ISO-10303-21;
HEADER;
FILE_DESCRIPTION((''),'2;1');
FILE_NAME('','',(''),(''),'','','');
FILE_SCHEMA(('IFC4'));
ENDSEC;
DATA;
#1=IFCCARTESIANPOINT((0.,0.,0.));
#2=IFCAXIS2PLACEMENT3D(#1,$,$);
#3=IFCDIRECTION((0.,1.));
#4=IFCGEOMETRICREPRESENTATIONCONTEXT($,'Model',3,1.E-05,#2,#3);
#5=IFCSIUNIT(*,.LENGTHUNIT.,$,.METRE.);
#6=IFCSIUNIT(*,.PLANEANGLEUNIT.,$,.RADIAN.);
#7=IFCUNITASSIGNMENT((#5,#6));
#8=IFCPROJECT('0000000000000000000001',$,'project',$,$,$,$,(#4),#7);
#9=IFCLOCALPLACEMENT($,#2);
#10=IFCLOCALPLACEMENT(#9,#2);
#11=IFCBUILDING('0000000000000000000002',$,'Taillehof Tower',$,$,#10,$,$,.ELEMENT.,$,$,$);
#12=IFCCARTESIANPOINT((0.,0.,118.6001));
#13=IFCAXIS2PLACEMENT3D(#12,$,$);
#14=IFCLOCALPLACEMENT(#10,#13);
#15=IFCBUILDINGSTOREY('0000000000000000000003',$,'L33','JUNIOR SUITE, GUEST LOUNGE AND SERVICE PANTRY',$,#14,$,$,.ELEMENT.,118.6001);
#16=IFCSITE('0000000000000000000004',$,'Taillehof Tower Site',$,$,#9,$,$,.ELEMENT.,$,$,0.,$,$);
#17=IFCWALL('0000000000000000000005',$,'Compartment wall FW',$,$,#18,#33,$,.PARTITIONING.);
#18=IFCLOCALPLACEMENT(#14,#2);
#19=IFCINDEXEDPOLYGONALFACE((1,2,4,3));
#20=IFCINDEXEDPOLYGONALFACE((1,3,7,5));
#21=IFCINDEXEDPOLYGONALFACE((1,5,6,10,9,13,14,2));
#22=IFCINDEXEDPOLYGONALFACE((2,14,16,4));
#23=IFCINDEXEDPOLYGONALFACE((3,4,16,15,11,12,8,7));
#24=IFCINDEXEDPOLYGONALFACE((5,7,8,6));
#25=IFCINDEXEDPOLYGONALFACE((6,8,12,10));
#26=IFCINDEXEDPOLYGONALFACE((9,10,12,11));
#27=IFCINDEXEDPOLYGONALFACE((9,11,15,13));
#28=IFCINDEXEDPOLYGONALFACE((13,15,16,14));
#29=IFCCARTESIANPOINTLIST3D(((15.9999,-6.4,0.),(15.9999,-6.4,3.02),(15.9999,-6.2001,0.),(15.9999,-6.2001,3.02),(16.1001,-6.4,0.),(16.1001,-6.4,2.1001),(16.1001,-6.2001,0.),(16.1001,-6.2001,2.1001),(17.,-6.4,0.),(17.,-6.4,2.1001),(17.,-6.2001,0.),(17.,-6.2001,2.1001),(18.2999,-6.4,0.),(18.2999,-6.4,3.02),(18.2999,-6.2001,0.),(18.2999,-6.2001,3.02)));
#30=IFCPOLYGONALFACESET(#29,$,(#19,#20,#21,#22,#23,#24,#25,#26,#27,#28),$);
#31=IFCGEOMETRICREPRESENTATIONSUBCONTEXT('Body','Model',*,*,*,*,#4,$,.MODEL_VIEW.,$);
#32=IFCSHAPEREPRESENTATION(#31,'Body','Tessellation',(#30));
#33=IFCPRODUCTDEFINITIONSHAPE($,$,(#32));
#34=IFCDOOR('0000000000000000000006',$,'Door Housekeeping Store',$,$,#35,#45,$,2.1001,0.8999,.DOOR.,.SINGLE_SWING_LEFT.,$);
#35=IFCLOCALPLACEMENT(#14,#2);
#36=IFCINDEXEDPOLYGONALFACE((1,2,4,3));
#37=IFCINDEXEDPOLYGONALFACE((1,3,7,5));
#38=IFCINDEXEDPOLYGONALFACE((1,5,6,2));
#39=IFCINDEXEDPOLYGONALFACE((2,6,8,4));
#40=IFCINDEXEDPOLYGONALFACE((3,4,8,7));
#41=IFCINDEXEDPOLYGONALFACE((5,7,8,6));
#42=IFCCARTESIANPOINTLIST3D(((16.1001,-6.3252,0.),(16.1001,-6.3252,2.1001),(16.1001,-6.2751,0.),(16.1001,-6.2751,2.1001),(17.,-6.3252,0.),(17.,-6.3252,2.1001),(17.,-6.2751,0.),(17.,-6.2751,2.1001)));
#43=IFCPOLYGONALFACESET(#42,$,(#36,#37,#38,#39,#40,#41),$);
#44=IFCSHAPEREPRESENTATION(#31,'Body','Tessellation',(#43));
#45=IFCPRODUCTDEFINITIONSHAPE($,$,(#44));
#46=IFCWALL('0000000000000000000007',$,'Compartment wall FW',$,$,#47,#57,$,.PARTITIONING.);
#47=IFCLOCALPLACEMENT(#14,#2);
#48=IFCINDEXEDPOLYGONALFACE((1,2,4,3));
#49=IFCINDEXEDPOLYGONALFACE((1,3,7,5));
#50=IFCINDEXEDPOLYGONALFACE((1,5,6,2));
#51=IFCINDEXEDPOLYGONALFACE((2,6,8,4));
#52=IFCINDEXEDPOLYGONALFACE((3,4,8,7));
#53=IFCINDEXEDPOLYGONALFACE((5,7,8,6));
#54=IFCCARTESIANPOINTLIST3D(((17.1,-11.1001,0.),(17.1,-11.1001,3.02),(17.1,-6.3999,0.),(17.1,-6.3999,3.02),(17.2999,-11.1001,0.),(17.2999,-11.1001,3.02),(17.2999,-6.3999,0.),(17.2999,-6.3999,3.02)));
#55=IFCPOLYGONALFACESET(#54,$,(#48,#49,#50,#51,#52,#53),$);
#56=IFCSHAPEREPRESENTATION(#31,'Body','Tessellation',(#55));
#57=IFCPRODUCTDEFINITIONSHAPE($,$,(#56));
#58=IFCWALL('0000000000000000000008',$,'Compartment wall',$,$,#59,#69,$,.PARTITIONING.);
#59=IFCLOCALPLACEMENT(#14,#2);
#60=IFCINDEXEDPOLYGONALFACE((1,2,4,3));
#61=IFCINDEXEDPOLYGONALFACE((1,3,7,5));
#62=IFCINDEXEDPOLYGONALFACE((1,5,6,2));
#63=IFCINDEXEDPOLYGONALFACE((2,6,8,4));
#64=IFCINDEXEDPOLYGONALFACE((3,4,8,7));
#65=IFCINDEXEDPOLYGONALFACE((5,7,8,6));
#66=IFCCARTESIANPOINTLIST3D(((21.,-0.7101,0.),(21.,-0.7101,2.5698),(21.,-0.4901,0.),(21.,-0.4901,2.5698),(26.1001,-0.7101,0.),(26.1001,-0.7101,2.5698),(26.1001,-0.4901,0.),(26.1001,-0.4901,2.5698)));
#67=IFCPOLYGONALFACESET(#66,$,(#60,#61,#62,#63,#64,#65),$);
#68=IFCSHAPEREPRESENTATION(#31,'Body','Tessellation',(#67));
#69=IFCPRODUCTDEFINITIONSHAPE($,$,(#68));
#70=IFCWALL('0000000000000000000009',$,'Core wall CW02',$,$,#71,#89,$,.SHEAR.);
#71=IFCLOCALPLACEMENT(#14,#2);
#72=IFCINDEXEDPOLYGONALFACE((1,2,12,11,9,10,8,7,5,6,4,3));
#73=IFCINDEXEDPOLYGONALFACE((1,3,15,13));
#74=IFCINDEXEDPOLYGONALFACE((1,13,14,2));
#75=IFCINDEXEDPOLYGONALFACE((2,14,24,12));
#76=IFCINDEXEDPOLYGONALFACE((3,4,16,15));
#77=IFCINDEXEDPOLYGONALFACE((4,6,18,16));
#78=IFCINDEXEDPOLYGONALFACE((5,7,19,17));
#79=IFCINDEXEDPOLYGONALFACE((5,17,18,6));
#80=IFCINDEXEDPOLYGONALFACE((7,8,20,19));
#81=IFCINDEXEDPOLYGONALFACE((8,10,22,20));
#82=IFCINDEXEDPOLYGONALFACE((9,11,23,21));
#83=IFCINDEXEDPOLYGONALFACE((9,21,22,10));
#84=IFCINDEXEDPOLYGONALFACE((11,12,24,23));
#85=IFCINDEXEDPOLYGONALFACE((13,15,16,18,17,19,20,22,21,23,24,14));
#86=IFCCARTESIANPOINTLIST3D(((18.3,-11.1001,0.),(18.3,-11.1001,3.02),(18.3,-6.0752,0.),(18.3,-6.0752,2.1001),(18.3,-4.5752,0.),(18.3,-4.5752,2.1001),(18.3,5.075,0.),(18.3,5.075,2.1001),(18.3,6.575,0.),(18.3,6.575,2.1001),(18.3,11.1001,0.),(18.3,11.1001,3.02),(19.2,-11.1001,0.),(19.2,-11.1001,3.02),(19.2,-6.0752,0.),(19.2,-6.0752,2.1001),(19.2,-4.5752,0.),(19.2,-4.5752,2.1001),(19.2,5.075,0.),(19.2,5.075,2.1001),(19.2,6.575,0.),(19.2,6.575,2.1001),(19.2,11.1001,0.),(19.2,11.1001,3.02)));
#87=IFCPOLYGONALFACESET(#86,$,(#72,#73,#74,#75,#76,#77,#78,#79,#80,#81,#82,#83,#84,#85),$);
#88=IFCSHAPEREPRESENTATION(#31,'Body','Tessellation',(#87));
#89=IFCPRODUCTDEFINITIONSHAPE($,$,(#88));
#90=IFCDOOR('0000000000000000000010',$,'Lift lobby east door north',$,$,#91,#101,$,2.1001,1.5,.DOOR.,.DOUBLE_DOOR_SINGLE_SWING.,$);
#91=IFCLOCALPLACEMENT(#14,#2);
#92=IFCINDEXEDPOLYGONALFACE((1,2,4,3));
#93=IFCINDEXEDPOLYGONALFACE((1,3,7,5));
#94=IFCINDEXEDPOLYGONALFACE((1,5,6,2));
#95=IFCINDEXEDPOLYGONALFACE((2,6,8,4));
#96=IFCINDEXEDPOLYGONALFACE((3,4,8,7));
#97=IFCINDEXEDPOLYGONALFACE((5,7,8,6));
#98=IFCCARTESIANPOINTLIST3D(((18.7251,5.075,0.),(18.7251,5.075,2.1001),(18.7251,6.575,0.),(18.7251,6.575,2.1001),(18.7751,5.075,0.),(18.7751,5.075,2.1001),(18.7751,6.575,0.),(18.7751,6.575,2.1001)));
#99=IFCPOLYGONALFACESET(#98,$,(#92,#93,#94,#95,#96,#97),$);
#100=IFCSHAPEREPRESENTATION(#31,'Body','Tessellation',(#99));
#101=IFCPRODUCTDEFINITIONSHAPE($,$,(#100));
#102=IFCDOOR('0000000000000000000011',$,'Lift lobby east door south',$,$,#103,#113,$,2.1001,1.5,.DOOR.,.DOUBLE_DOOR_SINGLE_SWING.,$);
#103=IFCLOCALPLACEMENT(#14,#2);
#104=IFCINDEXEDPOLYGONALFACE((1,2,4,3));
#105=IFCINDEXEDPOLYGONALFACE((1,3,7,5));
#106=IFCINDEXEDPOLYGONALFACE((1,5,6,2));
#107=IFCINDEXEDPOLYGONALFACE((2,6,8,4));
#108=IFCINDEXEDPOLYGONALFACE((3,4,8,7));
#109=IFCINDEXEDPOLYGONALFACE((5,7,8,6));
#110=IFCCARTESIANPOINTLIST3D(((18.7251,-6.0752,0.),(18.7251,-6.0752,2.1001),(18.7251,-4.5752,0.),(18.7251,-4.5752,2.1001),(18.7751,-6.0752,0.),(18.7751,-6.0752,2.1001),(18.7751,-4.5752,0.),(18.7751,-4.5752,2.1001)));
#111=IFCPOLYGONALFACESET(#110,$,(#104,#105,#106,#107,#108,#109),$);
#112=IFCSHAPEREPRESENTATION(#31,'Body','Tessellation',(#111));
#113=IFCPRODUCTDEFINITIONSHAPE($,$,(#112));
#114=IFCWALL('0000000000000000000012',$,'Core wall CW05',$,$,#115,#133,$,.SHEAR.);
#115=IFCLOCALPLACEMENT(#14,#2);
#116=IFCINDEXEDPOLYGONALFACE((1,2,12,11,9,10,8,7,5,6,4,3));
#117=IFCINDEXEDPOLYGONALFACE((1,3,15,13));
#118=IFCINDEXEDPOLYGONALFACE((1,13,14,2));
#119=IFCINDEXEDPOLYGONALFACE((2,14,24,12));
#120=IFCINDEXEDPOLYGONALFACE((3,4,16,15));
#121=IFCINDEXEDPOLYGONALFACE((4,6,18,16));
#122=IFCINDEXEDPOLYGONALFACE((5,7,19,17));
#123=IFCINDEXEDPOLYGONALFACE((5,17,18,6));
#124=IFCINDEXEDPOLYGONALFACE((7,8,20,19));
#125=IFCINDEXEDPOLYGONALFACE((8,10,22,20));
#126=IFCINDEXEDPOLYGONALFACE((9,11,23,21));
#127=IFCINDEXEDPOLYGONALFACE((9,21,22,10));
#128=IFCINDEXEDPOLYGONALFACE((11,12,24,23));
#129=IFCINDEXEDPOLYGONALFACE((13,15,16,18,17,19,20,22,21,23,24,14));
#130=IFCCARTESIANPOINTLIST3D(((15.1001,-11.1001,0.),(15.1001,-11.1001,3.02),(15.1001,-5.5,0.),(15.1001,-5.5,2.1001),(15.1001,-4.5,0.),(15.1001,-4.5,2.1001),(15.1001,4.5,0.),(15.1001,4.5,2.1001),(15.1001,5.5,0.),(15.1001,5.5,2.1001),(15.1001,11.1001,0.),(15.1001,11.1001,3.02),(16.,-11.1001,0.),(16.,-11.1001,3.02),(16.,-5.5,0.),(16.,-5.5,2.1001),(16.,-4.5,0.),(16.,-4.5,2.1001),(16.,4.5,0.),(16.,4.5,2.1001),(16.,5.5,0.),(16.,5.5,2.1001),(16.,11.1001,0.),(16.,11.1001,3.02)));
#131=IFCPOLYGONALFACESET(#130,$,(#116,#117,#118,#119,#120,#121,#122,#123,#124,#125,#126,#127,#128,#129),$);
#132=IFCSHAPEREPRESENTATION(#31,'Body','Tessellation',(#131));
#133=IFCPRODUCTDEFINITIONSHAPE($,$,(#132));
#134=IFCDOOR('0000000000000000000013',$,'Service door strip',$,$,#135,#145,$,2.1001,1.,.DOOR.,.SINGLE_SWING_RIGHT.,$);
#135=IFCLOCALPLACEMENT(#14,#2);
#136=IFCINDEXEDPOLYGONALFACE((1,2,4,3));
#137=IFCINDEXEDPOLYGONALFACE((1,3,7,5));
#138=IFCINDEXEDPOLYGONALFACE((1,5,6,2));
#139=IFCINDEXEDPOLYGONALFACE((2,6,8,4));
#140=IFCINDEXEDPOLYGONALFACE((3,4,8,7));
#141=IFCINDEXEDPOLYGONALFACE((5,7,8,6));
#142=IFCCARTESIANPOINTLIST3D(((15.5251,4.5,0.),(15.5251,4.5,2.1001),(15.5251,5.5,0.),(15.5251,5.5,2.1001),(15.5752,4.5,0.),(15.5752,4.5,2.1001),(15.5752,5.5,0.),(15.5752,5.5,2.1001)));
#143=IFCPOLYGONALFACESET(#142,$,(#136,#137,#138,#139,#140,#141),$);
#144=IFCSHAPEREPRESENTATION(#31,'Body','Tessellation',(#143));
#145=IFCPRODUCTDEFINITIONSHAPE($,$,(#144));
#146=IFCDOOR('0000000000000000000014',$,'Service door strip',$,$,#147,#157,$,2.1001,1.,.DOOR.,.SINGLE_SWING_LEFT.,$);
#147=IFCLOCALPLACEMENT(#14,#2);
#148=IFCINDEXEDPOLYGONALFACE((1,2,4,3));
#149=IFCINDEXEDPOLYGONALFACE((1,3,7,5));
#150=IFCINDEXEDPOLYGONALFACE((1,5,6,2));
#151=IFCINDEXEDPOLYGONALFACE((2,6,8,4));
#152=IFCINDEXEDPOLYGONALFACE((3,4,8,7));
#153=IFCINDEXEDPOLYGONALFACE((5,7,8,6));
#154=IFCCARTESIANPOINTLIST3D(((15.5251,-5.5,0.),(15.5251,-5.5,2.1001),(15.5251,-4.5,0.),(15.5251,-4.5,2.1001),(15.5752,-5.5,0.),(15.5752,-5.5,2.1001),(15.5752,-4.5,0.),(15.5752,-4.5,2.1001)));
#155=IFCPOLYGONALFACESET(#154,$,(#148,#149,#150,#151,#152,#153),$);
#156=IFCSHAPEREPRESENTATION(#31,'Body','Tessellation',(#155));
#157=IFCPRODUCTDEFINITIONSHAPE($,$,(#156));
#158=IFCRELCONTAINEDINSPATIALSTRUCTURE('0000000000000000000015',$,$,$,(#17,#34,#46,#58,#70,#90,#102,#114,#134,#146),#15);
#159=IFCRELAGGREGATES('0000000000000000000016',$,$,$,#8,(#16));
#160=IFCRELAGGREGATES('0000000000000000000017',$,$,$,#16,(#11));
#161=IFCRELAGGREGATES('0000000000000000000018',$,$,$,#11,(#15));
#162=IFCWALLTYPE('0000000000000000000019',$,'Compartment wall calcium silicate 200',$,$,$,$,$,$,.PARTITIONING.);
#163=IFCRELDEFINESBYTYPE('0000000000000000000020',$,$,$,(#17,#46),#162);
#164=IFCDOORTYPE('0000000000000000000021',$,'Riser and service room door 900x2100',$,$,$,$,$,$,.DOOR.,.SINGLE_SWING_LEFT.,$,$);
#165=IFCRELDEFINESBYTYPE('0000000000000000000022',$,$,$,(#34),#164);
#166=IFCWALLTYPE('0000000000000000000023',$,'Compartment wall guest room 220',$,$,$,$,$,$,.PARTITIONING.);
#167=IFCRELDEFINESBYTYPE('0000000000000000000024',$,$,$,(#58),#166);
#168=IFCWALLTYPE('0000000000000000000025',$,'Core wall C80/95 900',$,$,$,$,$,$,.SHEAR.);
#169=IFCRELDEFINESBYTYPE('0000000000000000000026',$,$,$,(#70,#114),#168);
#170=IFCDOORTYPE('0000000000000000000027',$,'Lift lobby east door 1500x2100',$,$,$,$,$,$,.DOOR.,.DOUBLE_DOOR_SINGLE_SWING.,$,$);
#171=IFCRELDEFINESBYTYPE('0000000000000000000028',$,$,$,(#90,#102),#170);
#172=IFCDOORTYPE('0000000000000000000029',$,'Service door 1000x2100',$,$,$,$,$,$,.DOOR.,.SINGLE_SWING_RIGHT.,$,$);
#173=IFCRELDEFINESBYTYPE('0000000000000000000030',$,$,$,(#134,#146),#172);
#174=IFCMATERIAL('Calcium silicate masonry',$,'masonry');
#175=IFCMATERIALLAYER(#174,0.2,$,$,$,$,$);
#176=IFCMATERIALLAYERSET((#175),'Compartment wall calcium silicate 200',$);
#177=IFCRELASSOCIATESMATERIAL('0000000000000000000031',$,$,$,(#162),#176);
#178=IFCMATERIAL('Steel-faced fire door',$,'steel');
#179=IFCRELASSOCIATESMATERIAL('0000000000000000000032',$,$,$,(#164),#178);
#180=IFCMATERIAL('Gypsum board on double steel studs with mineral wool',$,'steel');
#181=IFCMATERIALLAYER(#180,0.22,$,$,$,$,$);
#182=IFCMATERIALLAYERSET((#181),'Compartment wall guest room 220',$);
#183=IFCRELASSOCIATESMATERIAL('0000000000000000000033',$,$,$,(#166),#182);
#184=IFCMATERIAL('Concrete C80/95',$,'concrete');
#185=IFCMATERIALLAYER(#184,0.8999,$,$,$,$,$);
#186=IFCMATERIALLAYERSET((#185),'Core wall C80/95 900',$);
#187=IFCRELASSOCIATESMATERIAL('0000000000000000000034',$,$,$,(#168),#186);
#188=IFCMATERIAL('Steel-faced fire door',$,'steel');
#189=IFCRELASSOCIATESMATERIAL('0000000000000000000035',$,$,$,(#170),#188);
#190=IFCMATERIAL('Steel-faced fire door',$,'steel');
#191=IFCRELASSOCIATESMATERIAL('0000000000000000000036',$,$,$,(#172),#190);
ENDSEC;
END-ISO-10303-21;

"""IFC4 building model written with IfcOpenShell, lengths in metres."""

from ifc_helpers import new_model, si_unit, direction, frame, frame_2d, origin, place, context, subcontext, project, spatial, rectangle, extrude, material, layer, layer_set, type_object, element, fill, save


model = new_model("IFC4")

# Units and contexts
model_context = context("Model", 3, precision=1e-05, world=origin(), true_north=direction((0.0, 1.0)))
body_context = subcontext(model_context, "Body", "Model", "MODEL_VIEW")
ifc_project = project(units=[si_unit("LENGTHUNIT", "METRE"), si_unit("PLANEANGLEUNIT", "RADIAN")], contexts=[model_context])

# Site, building, storey
site_placement = place(None, origin())
site = spatial("IfcSite", under=ifc_project, at=site_placement, Name="Taillehof Tower Site", CompositionType="ELEMENT", RefElevation=0.0)
building_placement = place(site_placement, origin())
building = spatial("IfcBuilding", under=site, at=building_placement, Name="Taillehof Tower", CompositionType="ELEMENT")
storey_placement = place(building_placement, frame((0.0, 0.0, 118.6001)))
storey = spatial("IfcBuildingStorey", under=building, at=storey_placement, Name="L33", Description="JUNIOR SUITE, GUEST LOUNGE AND SERVICE PANTRY", CompositionType="ELEMENT", Elevation=118.6001)

# Shared definitions
ifc_material_1 = material(Name="Calcium silicate masonry", Category="masonry")
ifc_layer_1 = layer(ifc_material_1, 0.2)
ifc_layer_set_1 = layer_set([ifc_layer_1], Name="Compartment wall calcium silicate 200")
wall_type_1 = type_object("IfcWallType", Name="Compartment wall calcium silicate 200", PredefinedType="PARTITIONING", material=ifc_layer_set_1)

# Wall, opening, door
wall_1_placement = place(storey_placement, frame((16.0, -6.3, 0.0), z_axis=(0.0, 0.0, 1.0), x_axis=(1.0, 0.0, 0.0)))
wall_1 = element("IfcWall", 1, at=wall_1_placement, inside=storey, type_object=wall_type_1, Name="Compartment wall FW", PredefinedType="PARTITIONING", context=body_context, shape_type="SweptSolid", body=[
    extrude(rectangle(XDim=2.3, YDim=0.2, at=frame_2d((1.1499, 0.0))), origin(), (0.0, 0.0, 1.0), 3.02),
])
opening_1_placement = place(wall_1_placement, frame((0.1001, 0.0, 0.0)))
opening_1 = element("IfcOpeningElement", 2, at=opening_1_placement, cuts=wall_1, PredefinedType="OPENING", context=body_context, shape_type="SweptSolid", body=[
    extrude(rectangle(XDim=0.8999, YDim=2.1001, at=frame_2d((0.45, 1.05))), frame((0.0, 0.1099, 0.0), z_axis=(0.0, -1.0, 0.0), x_axis=(1.0, 0.0, 0.0)), (0.0, 0.0, 1.0), 0.22),
])
ifc_material_2 = material(Name="Steel-faced fire door", Category="steel")
door_type_1 = type_object("IfcDoorType", Name="Riser and service room door 900x2100", OperationType="SINGLE_SWING_LEFT", PredefinedType="DOOR", material=ifc_material_2)
door_1_placement = place(opening_1_placement, origin())
door_1 = element("IfcDoor", 3, at=door_1_placement, inside=storey, type_object=door_type_1, Name="Door Housekeeping Store", OperationType="SINGLE_SWING_LEFT", OverallHeight=2.1001, OverallWidth=0.8999, PredefinedType="DOOR", context=body_context, shape_type="SweptSolid", body=[
    extrude(rectangle(XDim=0.8999, YDim=2.1001, at=frame_2d((0.45, 1.05))), frame((0.0, 0.0249, 0.0), z_axis=(0.0, -1.0, 0.0), x_axis=(1.0, 0.0, 0.0)), (0.0, 0.0, 1.0), 0.05),
])
fill(opening_1, door_1)

# Walls
wall_2_placement = place(storey_placement, frame((17.2, -11.1001, 0.0), z_axis=(0.0, 0.0, 1.0), x_axis=(0.0, 1.0, 0.0)))
element("IfcWall", 4, at=wall_2_placement, inside=storey, type_object=wall_type_1, Name="Compartment wall FW", PredefinedType="PARTITIONING", context=body_context, shape_type="SweptSolid", body=[
    extrude(rectangle(XDim=4.7002, YDim=0.2, at=frame_2d((2.3501, 0.0))), origin(), (0.0, 0.0, 1.0), 3.02),
])
ifc_material_3 = material(Name="Gypsum board on double steel studs with mineral wool", Category="steel")
ifc_layer_2 = layer(ifc_material_3, 0.22)
ifc_layer_set_2 = layer_set([ifc_layer_2], Name="Compartment wall guest room 220")
wall_type_2 = type_object("IfcWallType", Name="Compartment wall guest room 220", PredefinedType="PARTITIONING", material=ifc_layer_set_2)
wall_3_placement = place(storey_placement, frame((26.1001, -0.6001, 0.0), z_axis=(0.0, 0.0, 1.0), x_axis=(-1.0, 0.0, 0.0)))
element("IfcWall", 5, at=wall_3_placement, inside=storey, type_object=wall_type_2, Name="Compartment wall", PredefinedType="PARTITIONING", context=body_context, shape_type="SweptSolid", body=[
    extrude(rectangle(XDim=5.1001, YDim=0.22, at=frame_2d((2.55, 0.0))), origin(), (0.0, 0.0, 1.0), 2.5698),
])

# Walls, openings, doors
ifc_material_4 = material(Name="Concrete C80/95", Category="concrete")
ifc_layer_3 = layer(ifc_material_4, 0.8999)
ifc_layer_set_3 = layer_set([ifc_layer_3], Name="Core wall C80/95 900")
wall_type_3 = type_object("IfcWallType", Name="Core wall C80/95 900", PredefinedType="SHEAR", material=ifc_layer_set_3)
wall_4_placement = place(storey_placement, frame((18.75, -11.1001, 0.0), z_axis=(0.0, 0.0, 1.0), x_axis=(0.0, 1.0, 0.0)))
wall_4 = element("IfcWall", 6, at=wall_4_placement, inside=storey, type_object=wall_type_3, Name="Core wall CW02", PredefinedType="SHEAR", context=body_context, shape_type="SweptSolid", body=[
    extrude(rectangle(XDim=22.2002, YDim=0.8999, at=frame_2d((11.1001, 0.0))), origin(), (0.0, 0.0, 1.0), 3.02),
])
opening_2_placement = place(wall_4_placement, frame((16.175, 0.0, 0.0)))
opening_2 = element("IfcOpeningElement", 7, at=opening_2_placement, cuts=wall_4, PredefinedType="OPENING", context=body_context, shape_type="SweptSolid", body=[
    extrude(rectangle(XDim=1.5, YDim=2.1001, at=frame_2d((0.75, 1.05))), frame((0.0, 0.46, 0.0), z_axis=(0.0, -1.0, 0.0), x_axis=(1.0, 0.0, 0.0)), (0.0, 0.0, 1.0), 0.9199),
])
opening_3_placement = place(wall_4_placement, frame((5.0249, 0.0, 0.0)))
opening_3 = element("IfcOpeningElement", 8, at=opening_3_placement, cuts=wall_4, PredefinedType="OPENING", context=body_context, shape_type="SweptSolid", body=[
    extrude(rectangle(XDim=1.5, YDim=2.1001, at=frame_2d((0.75, 1.05))), frame((0.0, 0.46, 0.0), z_axis=(0.0, -1.0, 0.0), x_axis=(1.0, 0.0, 0.0)), (0.0, 0.0, 1.0), 0.9199),
])
ifc_material_5 = material(Name="Steel-faced fire door", Category="steel")
door_type_2 = type_object("IfcDoorType", Name="Lift lobby east door 1500x2100", OperationType="DOUBLE_DOOR_SINGLE_SWING", PredefinedType="DOOR", material=ifc_material_5)
door_2_placement = place(opening_2_placement, origin())
door_2 = element("IfcDoor", 9, at=door_2_placement, inside=storey, type_object=door_type_2, Name="Lift lobby east door north", OperationType="DOUBLE_DOOR_SINGLE_SWING", OverallHeight=2.1001, OverallWidth=1.5, PredefinedType="DOOR", context=body_context, shape_type="SweptSolid", body=[
    extrude(rectangle(XDim=1.5, YDim=2.1001, at=frame_2d((0.75, 1.05))), frame((0.0, 0.0249, 0.0), z_axis=(0.0, -1.0, 0.0), x_axis=(1.0, 0.0, 0.0)), (0.0, 0.0, 1.0), 0.05),
])
fill(opening_2, door_2)
door_3_placement = place(opening_3_placement, origin())
door_3 = element("IfcDoor", 10, at=door_3_placement, inside=storey, type_object=door_type_2, Name="Lift lobby east door south", OperationType="DOUBLE_DOOR_SINGLE_SWING", OverallHeight=2.1001, OverallWidth=1.5, PredefinedType="DOOR", context=body_context, shape_type="SweptSolid", body=[
    extrude(rectangle(XDim=1.5, YDim=2.1001, at=frame_2d((0.75, 1.05))), frame((0.0, 0.0249, 0.0), z_axis=(0.0, -1.0, 0.0), x_axis=(1.0, 0.0, 0.0)), (0.0, 0.0, 1.0), 0.05),
])
fill(opening_3, door_3)
wall_5_placement = place(storey_placement, frame((15.55, -11.1001, 0.0), z_axis=(0.0, 0.0, 1.0), x_axis=(0.0, 1.0, 0.0)))
wall_5 = element("IfcWall", 11, at=wall_5_placement, inside=storey, type_object=wall_type_3, Name="Core wall CW05", PredefinedType="SHEAR", context=body_context, shape_type="SweptSolid", body=[
    extrude(rectangle(XDim=22.2002, YDim=0.8999, at=frame_2d((11.1001, 0.0))), origin(), (0.0, 0.0, 1.0), 3.02),
])
opening_4_placement = place(wall_5_placement, frame((15.6001, 0.0, 0.0)))
opening_4 = element("IfcOpeningElement", 12, at=opening_4_placement, cuts=wall_5, PredefinedType="OPENING", context=body_context, shape_type="SweptSolid", body=[
    extrude(rectangle(XDim=1.0, YDim=2.1001, at=frame_2d((0.5, 1.05))), frame((0.0, 0.46, 0.0), z_axis=(0.0, -1.0, 0.0), x_axis=(1.0, 0.0, 0.0)), (0.0, 0.0, 1.0), 0.9199),
])
opening_5_placement = place(wall_5_placement, frame((5.6001, 0.0, 0.0)))
opening_5 = element("IfcOpeningElement", 13, at=opening_5_placement, cuts=wall_5, PredefinedType="OPENING", context=body_context, shape_type="SweptSolid", body=[
    extrude(rectangle(XDim=1.0, YDim=2.1001, at=frame_2d((0.5, 1.05))), frame((0.0, 0.46, 0.0), z_axis=(0.0, -1.0, 0.0), x_axis=(1.0, 0.0, 0.0)), (0.0, 0.0, 1.0), 0.9199),
])
ifc_material_6 = material(Name="Steel-faced fire door", Category="steel")
door_type_3 = type_object("IfcDoorType", Name="Service door 1000x2100", OperationType="SINGLE_SWING_RIGHT", PredefinedType="DOOR", material=ifc_material_6)
door_4_placement = place(opening_4_placement, origin())
door_4 = element("IfcDoor", 14, at=door_4_placement, inside=storey, type_object=door_type_3, Name="Service door strip", OperationType="SINGLE_SWING_RIGHT", OverallHeight=2.1001, OverallWidth=1.0, PredefinedType="DOOR", context=body_context, shape_type="SweptSolid", body=[
    extrude(rectangle(XDim=1.0, YDim=2.1001, at=frame_2d((0.5, 1.05))), frame((0.0, 0.0249, 0.0), z_axis=(0.0, -1.0, 0.0), x_axis=(1.0, 0.0, 0.0)), (0.0, 0.0, 1.0), 0.05),
])
fill(opening_4, door_4)
door_5_placement = place(opening_5_placement, origin())
door_5 = element("IfcDoor", 15, at=door_5_placement, inside=storey, type_object=door_type_3, Name="Service door strip", OperationType="SINGLE_SWING_LEFT", OverallHeight=2.1001, OverallWidth=1.0, PredefinedType="DOOR", context=body_context, shape_type="SweptSolid", body=[
    extrude(rectangle(XDim=1.0, YDim=2.1001, at=frame_2d((0.5, 1.05))), frame((0.0, 0.0249, 0.0), z_axis=(0.0, -1.0, 0.0), x_axis=(1.0, 0.0, 0.0)), (0.0, 0.0, 1.0), 0.05),
])
fill(opening_5, door_5)

save(model, "model.ifc")
